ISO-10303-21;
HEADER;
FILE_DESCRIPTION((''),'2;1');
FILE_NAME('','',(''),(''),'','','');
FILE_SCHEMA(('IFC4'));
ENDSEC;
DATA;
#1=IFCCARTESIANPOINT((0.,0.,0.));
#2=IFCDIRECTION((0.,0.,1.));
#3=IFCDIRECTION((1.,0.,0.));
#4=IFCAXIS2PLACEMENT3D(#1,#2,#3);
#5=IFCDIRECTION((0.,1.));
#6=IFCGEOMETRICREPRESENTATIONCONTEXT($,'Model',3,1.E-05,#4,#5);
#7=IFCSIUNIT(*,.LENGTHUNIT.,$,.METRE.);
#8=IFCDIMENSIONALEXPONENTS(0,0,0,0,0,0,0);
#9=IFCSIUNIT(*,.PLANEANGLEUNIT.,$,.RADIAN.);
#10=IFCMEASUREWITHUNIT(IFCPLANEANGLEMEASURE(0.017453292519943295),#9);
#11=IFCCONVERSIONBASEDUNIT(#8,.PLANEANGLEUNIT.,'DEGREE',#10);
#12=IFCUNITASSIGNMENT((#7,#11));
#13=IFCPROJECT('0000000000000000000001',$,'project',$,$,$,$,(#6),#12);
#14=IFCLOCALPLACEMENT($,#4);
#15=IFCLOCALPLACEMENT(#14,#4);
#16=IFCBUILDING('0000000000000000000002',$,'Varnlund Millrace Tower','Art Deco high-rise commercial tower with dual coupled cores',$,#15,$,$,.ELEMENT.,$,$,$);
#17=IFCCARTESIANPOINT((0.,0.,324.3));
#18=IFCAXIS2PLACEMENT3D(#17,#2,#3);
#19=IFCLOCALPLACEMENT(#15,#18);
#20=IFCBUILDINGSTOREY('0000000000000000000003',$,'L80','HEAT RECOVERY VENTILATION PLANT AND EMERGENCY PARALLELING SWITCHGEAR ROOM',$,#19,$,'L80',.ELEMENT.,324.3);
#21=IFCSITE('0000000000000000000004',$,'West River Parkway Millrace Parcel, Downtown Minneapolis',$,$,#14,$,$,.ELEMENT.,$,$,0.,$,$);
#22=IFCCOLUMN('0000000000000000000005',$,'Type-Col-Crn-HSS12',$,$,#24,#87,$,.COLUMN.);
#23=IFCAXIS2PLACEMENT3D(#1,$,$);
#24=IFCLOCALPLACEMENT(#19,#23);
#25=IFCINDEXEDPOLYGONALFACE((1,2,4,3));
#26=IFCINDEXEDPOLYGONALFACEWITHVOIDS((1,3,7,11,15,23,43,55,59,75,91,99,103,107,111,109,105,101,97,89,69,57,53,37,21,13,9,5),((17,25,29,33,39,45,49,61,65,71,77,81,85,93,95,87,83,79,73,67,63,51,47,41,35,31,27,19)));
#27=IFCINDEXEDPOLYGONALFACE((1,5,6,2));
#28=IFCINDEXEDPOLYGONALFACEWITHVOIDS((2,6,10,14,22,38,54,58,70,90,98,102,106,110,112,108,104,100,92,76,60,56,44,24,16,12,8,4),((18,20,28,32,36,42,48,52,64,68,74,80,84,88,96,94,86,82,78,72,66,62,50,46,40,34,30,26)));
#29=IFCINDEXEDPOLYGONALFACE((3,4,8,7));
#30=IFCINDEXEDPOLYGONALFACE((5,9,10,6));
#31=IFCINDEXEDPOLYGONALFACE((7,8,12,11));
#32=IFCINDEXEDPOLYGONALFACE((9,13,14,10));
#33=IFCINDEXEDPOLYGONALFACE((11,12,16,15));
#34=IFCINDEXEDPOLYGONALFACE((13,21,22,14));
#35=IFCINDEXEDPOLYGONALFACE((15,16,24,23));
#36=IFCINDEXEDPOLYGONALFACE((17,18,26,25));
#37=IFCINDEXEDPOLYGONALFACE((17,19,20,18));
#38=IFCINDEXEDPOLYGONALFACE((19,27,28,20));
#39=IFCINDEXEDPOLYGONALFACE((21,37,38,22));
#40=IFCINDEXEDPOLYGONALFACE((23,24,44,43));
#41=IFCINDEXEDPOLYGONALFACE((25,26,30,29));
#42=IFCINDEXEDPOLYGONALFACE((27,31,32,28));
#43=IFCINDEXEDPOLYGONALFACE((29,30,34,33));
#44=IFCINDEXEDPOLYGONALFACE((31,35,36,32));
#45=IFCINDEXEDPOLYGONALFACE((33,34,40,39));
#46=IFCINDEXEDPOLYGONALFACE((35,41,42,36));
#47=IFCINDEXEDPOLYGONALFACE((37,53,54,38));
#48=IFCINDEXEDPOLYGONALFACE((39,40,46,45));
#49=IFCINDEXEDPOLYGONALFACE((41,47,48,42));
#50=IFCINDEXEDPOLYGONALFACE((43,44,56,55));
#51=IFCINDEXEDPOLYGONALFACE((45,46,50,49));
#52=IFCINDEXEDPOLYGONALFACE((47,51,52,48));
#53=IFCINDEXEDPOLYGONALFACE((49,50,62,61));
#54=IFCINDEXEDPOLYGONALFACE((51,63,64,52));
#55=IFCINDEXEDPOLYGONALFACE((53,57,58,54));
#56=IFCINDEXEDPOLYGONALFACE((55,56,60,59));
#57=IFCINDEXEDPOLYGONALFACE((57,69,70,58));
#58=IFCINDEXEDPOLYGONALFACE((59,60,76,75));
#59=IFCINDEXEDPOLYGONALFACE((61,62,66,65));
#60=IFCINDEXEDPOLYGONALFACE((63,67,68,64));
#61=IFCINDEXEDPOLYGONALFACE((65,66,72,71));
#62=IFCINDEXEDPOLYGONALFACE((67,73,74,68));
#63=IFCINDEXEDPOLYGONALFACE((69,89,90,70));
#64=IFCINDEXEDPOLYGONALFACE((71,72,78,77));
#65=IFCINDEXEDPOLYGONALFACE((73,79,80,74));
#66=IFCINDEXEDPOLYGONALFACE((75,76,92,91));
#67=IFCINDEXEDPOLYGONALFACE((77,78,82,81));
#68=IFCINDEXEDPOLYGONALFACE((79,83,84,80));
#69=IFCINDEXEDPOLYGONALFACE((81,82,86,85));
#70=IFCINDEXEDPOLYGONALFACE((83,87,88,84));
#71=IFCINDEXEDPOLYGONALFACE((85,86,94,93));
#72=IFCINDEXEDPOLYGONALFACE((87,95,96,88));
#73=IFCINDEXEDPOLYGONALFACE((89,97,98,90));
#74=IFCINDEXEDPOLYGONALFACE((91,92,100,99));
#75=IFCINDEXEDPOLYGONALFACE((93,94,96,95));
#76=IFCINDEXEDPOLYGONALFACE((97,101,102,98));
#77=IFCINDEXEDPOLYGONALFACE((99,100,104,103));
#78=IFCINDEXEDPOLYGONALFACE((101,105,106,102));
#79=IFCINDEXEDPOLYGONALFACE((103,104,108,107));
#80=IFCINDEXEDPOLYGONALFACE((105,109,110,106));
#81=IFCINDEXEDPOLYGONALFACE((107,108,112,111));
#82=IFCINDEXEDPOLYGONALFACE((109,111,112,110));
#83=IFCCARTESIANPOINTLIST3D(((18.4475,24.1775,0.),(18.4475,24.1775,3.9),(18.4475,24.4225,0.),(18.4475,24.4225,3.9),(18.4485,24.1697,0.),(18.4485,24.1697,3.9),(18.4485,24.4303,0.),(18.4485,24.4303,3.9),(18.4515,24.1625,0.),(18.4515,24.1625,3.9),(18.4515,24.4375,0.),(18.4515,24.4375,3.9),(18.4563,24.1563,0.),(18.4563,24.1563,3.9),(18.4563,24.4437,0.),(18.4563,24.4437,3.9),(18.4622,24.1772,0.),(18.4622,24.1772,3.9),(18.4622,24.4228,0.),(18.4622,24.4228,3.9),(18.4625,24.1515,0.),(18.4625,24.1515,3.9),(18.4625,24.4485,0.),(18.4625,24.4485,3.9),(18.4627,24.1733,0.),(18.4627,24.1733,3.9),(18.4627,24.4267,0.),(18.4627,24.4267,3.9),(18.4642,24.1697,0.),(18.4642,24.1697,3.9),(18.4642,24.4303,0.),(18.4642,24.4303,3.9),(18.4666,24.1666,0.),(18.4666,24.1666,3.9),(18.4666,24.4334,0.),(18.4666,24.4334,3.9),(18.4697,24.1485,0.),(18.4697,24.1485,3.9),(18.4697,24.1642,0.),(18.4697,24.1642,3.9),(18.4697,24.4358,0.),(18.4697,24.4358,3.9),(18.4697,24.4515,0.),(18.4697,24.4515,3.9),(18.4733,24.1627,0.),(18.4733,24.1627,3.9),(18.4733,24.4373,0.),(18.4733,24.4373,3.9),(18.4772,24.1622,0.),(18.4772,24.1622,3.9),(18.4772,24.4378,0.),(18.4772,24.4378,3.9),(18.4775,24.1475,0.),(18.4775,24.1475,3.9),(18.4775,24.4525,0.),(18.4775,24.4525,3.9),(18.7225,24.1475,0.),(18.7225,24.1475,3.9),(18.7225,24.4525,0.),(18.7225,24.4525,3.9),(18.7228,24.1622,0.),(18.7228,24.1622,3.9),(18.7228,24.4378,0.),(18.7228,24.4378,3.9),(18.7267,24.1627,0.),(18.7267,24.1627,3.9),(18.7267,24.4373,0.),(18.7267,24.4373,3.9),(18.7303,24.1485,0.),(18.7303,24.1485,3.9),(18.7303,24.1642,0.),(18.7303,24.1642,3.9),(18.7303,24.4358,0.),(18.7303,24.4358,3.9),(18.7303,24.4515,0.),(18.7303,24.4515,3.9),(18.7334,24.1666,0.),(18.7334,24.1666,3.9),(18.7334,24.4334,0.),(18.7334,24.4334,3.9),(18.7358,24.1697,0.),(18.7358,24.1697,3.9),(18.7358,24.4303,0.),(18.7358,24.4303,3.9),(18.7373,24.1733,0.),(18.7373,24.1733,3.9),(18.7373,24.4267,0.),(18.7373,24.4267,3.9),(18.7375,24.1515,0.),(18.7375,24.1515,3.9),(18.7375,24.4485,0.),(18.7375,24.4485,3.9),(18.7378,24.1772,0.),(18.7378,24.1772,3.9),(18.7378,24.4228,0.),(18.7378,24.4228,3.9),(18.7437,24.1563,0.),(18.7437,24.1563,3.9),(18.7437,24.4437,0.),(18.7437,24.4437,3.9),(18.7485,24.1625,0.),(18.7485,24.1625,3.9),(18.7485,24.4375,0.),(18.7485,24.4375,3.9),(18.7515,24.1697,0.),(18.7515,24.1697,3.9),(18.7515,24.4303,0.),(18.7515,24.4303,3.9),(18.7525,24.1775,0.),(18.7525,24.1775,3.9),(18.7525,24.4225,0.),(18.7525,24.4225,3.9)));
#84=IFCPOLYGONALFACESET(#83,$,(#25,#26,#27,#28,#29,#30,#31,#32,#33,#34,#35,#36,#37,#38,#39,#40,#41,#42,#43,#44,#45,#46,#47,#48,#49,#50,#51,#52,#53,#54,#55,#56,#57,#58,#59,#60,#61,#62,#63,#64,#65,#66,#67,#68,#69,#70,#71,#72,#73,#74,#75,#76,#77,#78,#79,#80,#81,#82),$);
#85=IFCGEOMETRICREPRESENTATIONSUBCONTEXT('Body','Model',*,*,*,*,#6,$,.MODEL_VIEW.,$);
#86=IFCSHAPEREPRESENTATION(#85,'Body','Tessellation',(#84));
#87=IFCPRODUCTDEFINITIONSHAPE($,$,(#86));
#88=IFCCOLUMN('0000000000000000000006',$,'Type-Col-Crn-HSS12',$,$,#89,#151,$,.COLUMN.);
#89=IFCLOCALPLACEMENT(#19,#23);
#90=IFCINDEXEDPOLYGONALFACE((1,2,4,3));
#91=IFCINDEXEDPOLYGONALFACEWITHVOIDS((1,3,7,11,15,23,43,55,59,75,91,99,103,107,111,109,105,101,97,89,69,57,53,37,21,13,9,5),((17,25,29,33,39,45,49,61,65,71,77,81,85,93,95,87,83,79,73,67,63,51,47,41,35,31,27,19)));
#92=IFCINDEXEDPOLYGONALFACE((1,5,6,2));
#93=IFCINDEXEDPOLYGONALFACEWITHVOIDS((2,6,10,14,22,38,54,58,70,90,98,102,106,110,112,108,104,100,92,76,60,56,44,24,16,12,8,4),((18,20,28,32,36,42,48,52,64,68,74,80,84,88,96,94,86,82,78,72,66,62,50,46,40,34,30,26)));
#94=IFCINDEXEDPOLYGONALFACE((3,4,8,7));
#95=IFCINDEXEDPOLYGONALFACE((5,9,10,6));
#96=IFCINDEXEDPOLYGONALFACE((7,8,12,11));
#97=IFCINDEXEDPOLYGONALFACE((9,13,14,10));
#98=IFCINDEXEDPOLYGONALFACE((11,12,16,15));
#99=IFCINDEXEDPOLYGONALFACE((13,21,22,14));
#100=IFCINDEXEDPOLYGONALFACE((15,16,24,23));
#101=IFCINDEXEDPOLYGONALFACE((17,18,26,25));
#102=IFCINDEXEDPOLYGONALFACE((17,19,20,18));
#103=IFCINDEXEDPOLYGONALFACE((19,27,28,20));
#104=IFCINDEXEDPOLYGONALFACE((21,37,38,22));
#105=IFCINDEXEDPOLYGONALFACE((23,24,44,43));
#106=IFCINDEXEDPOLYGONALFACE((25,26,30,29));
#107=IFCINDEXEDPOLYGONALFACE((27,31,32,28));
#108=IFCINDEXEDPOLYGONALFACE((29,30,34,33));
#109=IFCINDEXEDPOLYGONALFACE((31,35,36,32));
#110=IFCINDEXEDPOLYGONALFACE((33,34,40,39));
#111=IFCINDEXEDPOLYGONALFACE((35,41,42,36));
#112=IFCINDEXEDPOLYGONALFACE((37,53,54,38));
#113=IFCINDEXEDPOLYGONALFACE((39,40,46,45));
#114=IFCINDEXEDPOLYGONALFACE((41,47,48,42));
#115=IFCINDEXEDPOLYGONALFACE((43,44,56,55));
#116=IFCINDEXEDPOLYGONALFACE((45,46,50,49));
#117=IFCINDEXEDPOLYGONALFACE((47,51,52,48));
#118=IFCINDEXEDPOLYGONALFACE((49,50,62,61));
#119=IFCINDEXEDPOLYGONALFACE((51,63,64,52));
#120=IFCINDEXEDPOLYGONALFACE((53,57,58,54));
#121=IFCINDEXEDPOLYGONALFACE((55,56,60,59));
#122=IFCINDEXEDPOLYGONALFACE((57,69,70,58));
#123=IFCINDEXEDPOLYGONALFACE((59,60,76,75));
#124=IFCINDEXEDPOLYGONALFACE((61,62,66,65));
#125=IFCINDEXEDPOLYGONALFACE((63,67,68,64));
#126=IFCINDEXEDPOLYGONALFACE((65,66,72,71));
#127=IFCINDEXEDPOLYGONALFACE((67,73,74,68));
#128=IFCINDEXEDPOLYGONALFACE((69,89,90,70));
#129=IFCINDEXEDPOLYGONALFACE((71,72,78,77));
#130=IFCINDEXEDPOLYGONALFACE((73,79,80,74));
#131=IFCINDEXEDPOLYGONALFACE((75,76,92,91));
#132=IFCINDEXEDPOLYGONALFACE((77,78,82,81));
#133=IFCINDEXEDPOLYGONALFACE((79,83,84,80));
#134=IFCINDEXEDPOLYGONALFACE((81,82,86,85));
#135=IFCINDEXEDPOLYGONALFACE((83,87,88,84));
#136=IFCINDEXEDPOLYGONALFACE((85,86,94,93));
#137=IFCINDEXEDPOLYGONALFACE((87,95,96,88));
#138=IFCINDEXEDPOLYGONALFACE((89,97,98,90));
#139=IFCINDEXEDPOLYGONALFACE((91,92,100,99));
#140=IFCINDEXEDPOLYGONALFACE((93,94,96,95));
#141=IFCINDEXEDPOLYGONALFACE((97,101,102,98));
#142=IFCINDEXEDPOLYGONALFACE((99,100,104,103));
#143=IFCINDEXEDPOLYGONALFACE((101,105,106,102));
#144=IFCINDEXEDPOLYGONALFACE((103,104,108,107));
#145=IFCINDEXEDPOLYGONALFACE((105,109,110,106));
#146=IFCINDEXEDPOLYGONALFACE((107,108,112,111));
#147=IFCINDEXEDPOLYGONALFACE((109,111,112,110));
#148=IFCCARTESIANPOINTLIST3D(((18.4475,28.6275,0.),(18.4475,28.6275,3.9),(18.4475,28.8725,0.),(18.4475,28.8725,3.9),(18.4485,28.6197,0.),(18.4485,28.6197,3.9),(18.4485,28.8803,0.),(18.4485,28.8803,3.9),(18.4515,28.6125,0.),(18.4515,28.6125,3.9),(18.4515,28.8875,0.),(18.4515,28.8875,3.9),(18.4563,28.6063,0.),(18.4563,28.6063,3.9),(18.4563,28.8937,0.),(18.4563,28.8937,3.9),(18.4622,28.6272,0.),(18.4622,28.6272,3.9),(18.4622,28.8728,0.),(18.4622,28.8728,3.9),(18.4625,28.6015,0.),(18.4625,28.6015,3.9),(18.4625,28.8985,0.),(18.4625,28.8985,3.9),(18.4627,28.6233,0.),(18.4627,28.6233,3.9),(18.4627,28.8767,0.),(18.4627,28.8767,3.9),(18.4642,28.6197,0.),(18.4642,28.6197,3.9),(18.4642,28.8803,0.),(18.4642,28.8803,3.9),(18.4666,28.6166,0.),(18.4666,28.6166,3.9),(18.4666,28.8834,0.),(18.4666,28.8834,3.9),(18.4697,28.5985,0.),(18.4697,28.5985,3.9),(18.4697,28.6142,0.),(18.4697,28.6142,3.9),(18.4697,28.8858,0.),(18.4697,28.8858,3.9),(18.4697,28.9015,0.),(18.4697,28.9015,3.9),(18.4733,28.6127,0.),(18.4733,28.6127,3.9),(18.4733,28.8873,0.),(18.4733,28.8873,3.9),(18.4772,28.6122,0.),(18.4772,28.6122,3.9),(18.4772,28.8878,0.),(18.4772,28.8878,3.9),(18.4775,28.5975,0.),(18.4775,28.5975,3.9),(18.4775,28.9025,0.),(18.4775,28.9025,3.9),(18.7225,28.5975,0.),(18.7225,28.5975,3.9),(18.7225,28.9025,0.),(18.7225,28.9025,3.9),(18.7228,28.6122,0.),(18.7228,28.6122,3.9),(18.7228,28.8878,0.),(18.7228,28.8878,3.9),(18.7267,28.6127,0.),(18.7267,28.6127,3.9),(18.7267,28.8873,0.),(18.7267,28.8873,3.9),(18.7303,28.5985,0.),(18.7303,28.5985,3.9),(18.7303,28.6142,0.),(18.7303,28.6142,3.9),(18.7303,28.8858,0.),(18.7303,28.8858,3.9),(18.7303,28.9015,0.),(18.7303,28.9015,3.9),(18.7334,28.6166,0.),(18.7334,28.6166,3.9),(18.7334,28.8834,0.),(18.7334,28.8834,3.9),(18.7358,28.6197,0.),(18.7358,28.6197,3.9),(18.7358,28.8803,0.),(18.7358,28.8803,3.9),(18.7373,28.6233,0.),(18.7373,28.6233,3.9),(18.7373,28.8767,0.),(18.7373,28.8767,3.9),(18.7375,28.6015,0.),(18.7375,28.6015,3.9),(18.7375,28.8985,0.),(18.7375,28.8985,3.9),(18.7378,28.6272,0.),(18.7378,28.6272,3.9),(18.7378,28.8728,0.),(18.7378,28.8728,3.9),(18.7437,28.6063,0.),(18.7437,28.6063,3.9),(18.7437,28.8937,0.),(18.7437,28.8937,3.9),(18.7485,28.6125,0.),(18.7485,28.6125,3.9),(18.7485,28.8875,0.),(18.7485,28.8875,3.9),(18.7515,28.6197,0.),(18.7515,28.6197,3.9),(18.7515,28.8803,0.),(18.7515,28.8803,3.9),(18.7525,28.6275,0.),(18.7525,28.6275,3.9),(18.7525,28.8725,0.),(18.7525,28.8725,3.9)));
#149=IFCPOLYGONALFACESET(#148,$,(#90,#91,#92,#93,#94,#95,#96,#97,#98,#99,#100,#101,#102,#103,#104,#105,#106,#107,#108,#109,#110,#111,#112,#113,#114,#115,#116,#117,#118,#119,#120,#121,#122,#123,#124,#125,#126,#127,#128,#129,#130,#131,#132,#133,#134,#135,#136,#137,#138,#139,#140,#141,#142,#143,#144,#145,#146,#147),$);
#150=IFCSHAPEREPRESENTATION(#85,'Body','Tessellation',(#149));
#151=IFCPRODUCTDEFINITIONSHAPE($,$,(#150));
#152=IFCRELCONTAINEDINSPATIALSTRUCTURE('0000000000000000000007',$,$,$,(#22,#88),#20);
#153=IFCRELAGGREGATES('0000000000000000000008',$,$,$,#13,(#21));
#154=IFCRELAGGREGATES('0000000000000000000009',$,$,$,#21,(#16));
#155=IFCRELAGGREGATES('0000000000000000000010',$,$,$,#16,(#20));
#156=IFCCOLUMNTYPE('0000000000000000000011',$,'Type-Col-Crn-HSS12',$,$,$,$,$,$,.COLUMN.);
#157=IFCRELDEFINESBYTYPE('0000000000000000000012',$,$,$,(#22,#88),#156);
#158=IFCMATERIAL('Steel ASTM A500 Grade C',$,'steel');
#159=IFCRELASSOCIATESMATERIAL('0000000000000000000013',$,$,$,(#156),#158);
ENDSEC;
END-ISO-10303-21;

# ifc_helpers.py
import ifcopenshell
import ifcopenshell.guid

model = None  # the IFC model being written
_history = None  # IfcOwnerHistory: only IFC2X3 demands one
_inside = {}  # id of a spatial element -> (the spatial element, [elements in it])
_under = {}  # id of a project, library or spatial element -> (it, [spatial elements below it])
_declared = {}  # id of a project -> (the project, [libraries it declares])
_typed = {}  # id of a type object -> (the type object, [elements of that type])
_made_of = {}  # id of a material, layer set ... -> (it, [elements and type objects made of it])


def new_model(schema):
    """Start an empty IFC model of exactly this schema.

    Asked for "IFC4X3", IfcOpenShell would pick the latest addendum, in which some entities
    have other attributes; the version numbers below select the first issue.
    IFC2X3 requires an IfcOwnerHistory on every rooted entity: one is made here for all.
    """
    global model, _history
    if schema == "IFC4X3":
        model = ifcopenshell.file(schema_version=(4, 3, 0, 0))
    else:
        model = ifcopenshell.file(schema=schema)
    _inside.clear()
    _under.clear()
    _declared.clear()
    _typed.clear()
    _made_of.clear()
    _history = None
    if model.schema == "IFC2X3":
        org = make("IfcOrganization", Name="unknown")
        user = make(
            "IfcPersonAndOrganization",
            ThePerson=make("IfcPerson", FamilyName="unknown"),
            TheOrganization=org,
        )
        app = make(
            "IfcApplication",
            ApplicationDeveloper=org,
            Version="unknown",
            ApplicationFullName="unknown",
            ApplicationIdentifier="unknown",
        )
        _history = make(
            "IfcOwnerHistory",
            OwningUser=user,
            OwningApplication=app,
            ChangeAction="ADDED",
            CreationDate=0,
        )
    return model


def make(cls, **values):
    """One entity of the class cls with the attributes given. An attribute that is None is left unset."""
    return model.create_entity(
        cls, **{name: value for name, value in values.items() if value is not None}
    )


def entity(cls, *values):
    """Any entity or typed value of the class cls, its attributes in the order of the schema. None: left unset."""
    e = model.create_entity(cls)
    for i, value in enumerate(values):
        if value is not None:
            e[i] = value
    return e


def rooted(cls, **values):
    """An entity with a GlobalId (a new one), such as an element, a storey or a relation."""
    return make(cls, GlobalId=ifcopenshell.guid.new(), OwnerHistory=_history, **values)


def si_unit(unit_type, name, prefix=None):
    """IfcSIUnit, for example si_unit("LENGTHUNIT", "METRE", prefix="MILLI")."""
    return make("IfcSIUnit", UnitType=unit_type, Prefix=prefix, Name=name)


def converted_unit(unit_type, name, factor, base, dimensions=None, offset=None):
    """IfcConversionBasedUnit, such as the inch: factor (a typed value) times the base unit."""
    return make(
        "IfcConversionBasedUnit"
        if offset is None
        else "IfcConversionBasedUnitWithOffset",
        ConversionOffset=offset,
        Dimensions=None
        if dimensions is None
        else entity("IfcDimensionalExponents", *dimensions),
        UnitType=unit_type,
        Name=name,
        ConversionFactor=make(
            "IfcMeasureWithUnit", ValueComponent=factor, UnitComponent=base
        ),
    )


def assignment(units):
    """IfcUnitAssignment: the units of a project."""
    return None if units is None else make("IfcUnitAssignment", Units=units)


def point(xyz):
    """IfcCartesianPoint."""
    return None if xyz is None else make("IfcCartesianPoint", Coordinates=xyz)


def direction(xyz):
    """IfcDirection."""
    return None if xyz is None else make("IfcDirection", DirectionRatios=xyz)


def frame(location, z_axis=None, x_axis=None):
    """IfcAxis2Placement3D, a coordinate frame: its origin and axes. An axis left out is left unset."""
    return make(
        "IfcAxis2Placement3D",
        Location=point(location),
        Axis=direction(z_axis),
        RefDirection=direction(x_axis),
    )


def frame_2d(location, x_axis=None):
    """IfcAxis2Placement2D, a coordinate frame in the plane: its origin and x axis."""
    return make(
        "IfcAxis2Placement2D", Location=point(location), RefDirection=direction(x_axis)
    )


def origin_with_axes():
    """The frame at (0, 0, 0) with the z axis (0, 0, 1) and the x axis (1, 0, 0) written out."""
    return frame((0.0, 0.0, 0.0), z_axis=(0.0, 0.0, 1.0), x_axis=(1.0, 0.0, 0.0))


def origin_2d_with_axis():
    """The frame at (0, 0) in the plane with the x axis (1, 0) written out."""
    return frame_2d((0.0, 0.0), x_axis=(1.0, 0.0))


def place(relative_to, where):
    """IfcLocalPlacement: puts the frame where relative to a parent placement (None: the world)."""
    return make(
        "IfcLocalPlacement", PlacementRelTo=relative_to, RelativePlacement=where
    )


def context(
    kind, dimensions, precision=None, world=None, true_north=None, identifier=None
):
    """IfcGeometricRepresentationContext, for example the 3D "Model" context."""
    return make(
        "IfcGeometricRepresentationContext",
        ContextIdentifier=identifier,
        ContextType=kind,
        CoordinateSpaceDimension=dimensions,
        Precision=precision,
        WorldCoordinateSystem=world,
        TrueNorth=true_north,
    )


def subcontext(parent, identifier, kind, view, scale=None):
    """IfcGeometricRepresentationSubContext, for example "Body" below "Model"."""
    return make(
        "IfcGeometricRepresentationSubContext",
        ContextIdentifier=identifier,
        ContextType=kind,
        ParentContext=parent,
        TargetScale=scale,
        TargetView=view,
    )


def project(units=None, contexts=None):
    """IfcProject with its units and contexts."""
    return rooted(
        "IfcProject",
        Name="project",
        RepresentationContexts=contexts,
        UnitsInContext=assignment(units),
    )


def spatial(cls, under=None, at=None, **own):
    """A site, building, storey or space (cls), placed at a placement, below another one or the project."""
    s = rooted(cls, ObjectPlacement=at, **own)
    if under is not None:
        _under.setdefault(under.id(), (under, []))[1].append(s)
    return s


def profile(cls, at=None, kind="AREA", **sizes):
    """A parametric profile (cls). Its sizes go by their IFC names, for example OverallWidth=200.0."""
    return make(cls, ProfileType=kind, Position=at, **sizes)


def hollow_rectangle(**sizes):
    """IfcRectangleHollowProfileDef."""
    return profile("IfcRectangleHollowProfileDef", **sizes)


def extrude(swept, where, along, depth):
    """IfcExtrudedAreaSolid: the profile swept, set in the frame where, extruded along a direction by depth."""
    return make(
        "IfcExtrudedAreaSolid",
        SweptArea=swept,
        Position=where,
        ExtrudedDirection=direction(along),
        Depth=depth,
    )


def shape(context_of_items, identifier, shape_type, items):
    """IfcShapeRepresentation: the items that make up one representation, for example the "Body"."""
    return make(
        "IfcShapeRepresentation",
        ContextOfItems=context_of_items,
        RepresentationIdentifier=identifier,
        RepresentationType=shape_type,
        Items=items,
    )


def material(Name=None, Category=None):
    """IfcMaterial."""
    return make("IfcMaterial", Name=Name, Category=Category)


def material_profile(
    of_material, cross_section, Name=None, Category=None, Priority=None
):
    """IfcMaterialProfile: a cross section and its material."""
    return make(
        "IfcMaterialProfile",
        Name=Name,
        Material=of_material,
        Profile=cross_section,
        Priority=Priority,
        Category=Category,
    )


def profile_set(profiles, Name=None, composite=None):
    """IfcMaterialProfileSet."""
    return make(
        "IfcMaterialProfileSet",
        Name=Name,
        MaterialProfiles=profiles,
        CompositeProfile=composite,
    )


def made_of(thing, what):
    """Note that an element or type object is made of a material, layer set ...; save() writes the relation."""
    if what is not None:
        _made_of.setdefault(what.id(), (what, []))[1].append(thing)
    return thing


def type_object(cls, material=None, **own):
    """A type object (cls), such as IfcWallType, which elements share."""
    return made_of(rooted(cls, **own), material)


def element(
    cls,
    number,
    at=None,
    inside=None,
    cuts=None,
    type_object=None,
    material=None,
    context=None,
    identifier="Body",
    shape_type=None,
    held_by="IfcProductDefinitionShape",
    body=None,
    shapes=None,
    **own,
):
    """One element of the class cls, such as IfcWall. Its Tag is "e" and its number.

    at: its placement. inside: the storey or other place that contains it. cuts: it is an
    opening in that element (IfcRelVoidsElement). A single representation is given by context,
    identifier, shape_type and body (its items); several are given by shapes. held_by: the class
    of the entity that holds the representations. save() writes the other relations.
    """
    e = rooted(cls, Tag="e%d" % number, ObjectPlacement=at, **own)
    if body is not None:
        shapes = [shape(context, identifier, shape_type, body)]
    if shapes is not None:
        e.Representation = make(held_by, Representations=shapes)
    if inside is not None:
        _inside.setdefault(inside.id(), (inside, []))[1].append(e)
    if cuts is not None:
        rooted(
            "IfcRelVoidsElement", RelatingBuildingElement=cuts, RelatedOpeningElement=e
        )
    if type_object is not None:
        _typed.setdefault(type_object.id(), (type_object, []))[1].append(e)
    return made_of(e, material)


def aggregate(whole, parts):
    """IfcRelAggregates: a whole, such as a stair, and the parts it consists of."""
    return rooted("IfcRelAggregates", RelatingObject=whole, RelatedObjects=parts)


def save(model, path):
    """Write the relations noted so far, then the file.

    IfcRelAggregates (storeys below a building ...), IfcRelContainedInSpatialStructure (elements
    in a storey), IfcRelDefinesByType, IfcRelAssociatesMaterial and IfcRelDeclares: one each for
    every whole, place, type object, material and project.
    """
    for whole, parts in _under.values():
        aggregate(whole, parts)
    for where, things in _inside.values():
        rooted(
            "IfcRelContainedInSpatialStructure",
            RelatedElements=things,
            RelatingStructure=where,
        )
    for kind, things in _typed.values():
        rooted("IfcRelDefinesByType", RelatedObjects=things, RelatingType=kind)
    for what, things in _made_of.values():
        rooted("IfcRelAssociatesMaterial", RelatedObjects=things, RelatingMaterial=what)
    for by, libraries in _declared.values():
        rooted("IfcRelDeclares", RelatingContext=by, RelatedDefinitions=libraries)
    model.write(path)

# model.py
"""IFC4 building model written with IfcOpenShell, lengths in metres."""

from ifc_helpers import new_model, entity, si_unit, converted_unit, direction, frame, origin_with_axes, origin_2d_with_axis, place, context, subcontext, project, spatial, hollow_rectangle, extrude, material, material_profile, profile_set, type_object, element, save


model = new_model("IFC4")

# Units and contexts
model_context = context("Model", 3, precision=1e-05, world=origin_with_axes(), true_north=direction((0.0, 1.0)))
body_context = subcontext(model_context, "Body", "Model", "MODEL_VIEW")
ifc_project = project(units=[si_unit("LENGTHUNIT", "METRE"), converted_unit("PLANEANGLEUNIT", "DEGREE", entity("IfcPlaneAngleMeasure", 0.017453292519943295), si_unit("PLANEANGLEUNIT", "RADIAN"), dimensions=[0, 0, 0, 0, 0, 0, 0])], contexts=[model_context])

# Site, building, storey
site_placement = place(None, origin_with_axes())
site = spatial("IfcSite", under=ifc_project, at=site_placement, Name="West River Parkway Millrace Parcel, Downtown Minneapolis", CompositionType="ELEMENT", RefElevation=0.0)
building_placement = place(site_placement, origin_with_axes())
building = spatial("IfcBuilding", under=site, at=building_placement, Name="Varnlund Millrace Tower", Description="Art Deco high-rise commercial tower with dual coupled cores", CompositionType="ELEMENT")
storey_placement = place(building_placement, frame((0.0, 0.0, 324.3), z_axis=(0.0, 0.0, 1.0), x_axis=(1.0, 0.0, 0.0)))
storey = spatial("IfcBuildingStorey", under=building, at=storey_placement, Name="L80", Description="HEAT RECOVERY VENTILATION PLANT AND EMERGENCY PARALLELING SWITCHGEAR ROOM", LongName="L80", CompositionType="ELEMENT", Elevation=324.3)

# Columns
ifc_material_1 = material(Name="Steel ASTM A500 Grade C", Category="steel")
ifc_material_profile_1 = material_profile(ifc_material_1, hollow_rectangle(XDim=0.305, YDim=0.305, WallThickness=0.0147, InnerFilletRadius=0.015, OuterFilletRadius=0.03, at=origin_2d_with_axis()), Name="Steel ASTM A500 Grade C")
ifc_profile_set_1 = profile_set([ifc_material_profile_1], Name="Steel ASTM A500 Grade C")
column_type = type_object("IfcColumnType", Name="Type-Col-Crn-HSS12", PredefinedType="COLUMN", material=ifc_profile_set_1)
for number, where, z_axis, x_axis, name in (
    (1, (18.6, 24.3, 0.0), (0.0, 0.0, 1.0), (1.0, 0.0, 0.0), "Type-Col-Crn-HSS12"),
    (2, (18.6, 28.75, 0.0), (0.0, 0.0, 1.0), (1.0, 0.0, 0.0), "Type-Col-Crn-HSS12"),
):
    element("IfcColumn", number, at=place(storey_placement, frame(where, z_axis=z_axis, x_axis=x_axis)), inside=storey, type_object=column_type, Name=name, PredefinedType="COLUMN", context=body_context, shape_type="SweptSolid", body=[
        extrude(hollow_rectangle(XDim=0.305, YDim=0.305, WallThickness=0.0147, InnerFilletRadius=0.015, OuterFilletRadius=0.03, at=origin_2d_with_axis()), origin_with_axes(), (0.0, 0.0, 1.0), 3.9),
    ])

save(model, "model.ifc")
